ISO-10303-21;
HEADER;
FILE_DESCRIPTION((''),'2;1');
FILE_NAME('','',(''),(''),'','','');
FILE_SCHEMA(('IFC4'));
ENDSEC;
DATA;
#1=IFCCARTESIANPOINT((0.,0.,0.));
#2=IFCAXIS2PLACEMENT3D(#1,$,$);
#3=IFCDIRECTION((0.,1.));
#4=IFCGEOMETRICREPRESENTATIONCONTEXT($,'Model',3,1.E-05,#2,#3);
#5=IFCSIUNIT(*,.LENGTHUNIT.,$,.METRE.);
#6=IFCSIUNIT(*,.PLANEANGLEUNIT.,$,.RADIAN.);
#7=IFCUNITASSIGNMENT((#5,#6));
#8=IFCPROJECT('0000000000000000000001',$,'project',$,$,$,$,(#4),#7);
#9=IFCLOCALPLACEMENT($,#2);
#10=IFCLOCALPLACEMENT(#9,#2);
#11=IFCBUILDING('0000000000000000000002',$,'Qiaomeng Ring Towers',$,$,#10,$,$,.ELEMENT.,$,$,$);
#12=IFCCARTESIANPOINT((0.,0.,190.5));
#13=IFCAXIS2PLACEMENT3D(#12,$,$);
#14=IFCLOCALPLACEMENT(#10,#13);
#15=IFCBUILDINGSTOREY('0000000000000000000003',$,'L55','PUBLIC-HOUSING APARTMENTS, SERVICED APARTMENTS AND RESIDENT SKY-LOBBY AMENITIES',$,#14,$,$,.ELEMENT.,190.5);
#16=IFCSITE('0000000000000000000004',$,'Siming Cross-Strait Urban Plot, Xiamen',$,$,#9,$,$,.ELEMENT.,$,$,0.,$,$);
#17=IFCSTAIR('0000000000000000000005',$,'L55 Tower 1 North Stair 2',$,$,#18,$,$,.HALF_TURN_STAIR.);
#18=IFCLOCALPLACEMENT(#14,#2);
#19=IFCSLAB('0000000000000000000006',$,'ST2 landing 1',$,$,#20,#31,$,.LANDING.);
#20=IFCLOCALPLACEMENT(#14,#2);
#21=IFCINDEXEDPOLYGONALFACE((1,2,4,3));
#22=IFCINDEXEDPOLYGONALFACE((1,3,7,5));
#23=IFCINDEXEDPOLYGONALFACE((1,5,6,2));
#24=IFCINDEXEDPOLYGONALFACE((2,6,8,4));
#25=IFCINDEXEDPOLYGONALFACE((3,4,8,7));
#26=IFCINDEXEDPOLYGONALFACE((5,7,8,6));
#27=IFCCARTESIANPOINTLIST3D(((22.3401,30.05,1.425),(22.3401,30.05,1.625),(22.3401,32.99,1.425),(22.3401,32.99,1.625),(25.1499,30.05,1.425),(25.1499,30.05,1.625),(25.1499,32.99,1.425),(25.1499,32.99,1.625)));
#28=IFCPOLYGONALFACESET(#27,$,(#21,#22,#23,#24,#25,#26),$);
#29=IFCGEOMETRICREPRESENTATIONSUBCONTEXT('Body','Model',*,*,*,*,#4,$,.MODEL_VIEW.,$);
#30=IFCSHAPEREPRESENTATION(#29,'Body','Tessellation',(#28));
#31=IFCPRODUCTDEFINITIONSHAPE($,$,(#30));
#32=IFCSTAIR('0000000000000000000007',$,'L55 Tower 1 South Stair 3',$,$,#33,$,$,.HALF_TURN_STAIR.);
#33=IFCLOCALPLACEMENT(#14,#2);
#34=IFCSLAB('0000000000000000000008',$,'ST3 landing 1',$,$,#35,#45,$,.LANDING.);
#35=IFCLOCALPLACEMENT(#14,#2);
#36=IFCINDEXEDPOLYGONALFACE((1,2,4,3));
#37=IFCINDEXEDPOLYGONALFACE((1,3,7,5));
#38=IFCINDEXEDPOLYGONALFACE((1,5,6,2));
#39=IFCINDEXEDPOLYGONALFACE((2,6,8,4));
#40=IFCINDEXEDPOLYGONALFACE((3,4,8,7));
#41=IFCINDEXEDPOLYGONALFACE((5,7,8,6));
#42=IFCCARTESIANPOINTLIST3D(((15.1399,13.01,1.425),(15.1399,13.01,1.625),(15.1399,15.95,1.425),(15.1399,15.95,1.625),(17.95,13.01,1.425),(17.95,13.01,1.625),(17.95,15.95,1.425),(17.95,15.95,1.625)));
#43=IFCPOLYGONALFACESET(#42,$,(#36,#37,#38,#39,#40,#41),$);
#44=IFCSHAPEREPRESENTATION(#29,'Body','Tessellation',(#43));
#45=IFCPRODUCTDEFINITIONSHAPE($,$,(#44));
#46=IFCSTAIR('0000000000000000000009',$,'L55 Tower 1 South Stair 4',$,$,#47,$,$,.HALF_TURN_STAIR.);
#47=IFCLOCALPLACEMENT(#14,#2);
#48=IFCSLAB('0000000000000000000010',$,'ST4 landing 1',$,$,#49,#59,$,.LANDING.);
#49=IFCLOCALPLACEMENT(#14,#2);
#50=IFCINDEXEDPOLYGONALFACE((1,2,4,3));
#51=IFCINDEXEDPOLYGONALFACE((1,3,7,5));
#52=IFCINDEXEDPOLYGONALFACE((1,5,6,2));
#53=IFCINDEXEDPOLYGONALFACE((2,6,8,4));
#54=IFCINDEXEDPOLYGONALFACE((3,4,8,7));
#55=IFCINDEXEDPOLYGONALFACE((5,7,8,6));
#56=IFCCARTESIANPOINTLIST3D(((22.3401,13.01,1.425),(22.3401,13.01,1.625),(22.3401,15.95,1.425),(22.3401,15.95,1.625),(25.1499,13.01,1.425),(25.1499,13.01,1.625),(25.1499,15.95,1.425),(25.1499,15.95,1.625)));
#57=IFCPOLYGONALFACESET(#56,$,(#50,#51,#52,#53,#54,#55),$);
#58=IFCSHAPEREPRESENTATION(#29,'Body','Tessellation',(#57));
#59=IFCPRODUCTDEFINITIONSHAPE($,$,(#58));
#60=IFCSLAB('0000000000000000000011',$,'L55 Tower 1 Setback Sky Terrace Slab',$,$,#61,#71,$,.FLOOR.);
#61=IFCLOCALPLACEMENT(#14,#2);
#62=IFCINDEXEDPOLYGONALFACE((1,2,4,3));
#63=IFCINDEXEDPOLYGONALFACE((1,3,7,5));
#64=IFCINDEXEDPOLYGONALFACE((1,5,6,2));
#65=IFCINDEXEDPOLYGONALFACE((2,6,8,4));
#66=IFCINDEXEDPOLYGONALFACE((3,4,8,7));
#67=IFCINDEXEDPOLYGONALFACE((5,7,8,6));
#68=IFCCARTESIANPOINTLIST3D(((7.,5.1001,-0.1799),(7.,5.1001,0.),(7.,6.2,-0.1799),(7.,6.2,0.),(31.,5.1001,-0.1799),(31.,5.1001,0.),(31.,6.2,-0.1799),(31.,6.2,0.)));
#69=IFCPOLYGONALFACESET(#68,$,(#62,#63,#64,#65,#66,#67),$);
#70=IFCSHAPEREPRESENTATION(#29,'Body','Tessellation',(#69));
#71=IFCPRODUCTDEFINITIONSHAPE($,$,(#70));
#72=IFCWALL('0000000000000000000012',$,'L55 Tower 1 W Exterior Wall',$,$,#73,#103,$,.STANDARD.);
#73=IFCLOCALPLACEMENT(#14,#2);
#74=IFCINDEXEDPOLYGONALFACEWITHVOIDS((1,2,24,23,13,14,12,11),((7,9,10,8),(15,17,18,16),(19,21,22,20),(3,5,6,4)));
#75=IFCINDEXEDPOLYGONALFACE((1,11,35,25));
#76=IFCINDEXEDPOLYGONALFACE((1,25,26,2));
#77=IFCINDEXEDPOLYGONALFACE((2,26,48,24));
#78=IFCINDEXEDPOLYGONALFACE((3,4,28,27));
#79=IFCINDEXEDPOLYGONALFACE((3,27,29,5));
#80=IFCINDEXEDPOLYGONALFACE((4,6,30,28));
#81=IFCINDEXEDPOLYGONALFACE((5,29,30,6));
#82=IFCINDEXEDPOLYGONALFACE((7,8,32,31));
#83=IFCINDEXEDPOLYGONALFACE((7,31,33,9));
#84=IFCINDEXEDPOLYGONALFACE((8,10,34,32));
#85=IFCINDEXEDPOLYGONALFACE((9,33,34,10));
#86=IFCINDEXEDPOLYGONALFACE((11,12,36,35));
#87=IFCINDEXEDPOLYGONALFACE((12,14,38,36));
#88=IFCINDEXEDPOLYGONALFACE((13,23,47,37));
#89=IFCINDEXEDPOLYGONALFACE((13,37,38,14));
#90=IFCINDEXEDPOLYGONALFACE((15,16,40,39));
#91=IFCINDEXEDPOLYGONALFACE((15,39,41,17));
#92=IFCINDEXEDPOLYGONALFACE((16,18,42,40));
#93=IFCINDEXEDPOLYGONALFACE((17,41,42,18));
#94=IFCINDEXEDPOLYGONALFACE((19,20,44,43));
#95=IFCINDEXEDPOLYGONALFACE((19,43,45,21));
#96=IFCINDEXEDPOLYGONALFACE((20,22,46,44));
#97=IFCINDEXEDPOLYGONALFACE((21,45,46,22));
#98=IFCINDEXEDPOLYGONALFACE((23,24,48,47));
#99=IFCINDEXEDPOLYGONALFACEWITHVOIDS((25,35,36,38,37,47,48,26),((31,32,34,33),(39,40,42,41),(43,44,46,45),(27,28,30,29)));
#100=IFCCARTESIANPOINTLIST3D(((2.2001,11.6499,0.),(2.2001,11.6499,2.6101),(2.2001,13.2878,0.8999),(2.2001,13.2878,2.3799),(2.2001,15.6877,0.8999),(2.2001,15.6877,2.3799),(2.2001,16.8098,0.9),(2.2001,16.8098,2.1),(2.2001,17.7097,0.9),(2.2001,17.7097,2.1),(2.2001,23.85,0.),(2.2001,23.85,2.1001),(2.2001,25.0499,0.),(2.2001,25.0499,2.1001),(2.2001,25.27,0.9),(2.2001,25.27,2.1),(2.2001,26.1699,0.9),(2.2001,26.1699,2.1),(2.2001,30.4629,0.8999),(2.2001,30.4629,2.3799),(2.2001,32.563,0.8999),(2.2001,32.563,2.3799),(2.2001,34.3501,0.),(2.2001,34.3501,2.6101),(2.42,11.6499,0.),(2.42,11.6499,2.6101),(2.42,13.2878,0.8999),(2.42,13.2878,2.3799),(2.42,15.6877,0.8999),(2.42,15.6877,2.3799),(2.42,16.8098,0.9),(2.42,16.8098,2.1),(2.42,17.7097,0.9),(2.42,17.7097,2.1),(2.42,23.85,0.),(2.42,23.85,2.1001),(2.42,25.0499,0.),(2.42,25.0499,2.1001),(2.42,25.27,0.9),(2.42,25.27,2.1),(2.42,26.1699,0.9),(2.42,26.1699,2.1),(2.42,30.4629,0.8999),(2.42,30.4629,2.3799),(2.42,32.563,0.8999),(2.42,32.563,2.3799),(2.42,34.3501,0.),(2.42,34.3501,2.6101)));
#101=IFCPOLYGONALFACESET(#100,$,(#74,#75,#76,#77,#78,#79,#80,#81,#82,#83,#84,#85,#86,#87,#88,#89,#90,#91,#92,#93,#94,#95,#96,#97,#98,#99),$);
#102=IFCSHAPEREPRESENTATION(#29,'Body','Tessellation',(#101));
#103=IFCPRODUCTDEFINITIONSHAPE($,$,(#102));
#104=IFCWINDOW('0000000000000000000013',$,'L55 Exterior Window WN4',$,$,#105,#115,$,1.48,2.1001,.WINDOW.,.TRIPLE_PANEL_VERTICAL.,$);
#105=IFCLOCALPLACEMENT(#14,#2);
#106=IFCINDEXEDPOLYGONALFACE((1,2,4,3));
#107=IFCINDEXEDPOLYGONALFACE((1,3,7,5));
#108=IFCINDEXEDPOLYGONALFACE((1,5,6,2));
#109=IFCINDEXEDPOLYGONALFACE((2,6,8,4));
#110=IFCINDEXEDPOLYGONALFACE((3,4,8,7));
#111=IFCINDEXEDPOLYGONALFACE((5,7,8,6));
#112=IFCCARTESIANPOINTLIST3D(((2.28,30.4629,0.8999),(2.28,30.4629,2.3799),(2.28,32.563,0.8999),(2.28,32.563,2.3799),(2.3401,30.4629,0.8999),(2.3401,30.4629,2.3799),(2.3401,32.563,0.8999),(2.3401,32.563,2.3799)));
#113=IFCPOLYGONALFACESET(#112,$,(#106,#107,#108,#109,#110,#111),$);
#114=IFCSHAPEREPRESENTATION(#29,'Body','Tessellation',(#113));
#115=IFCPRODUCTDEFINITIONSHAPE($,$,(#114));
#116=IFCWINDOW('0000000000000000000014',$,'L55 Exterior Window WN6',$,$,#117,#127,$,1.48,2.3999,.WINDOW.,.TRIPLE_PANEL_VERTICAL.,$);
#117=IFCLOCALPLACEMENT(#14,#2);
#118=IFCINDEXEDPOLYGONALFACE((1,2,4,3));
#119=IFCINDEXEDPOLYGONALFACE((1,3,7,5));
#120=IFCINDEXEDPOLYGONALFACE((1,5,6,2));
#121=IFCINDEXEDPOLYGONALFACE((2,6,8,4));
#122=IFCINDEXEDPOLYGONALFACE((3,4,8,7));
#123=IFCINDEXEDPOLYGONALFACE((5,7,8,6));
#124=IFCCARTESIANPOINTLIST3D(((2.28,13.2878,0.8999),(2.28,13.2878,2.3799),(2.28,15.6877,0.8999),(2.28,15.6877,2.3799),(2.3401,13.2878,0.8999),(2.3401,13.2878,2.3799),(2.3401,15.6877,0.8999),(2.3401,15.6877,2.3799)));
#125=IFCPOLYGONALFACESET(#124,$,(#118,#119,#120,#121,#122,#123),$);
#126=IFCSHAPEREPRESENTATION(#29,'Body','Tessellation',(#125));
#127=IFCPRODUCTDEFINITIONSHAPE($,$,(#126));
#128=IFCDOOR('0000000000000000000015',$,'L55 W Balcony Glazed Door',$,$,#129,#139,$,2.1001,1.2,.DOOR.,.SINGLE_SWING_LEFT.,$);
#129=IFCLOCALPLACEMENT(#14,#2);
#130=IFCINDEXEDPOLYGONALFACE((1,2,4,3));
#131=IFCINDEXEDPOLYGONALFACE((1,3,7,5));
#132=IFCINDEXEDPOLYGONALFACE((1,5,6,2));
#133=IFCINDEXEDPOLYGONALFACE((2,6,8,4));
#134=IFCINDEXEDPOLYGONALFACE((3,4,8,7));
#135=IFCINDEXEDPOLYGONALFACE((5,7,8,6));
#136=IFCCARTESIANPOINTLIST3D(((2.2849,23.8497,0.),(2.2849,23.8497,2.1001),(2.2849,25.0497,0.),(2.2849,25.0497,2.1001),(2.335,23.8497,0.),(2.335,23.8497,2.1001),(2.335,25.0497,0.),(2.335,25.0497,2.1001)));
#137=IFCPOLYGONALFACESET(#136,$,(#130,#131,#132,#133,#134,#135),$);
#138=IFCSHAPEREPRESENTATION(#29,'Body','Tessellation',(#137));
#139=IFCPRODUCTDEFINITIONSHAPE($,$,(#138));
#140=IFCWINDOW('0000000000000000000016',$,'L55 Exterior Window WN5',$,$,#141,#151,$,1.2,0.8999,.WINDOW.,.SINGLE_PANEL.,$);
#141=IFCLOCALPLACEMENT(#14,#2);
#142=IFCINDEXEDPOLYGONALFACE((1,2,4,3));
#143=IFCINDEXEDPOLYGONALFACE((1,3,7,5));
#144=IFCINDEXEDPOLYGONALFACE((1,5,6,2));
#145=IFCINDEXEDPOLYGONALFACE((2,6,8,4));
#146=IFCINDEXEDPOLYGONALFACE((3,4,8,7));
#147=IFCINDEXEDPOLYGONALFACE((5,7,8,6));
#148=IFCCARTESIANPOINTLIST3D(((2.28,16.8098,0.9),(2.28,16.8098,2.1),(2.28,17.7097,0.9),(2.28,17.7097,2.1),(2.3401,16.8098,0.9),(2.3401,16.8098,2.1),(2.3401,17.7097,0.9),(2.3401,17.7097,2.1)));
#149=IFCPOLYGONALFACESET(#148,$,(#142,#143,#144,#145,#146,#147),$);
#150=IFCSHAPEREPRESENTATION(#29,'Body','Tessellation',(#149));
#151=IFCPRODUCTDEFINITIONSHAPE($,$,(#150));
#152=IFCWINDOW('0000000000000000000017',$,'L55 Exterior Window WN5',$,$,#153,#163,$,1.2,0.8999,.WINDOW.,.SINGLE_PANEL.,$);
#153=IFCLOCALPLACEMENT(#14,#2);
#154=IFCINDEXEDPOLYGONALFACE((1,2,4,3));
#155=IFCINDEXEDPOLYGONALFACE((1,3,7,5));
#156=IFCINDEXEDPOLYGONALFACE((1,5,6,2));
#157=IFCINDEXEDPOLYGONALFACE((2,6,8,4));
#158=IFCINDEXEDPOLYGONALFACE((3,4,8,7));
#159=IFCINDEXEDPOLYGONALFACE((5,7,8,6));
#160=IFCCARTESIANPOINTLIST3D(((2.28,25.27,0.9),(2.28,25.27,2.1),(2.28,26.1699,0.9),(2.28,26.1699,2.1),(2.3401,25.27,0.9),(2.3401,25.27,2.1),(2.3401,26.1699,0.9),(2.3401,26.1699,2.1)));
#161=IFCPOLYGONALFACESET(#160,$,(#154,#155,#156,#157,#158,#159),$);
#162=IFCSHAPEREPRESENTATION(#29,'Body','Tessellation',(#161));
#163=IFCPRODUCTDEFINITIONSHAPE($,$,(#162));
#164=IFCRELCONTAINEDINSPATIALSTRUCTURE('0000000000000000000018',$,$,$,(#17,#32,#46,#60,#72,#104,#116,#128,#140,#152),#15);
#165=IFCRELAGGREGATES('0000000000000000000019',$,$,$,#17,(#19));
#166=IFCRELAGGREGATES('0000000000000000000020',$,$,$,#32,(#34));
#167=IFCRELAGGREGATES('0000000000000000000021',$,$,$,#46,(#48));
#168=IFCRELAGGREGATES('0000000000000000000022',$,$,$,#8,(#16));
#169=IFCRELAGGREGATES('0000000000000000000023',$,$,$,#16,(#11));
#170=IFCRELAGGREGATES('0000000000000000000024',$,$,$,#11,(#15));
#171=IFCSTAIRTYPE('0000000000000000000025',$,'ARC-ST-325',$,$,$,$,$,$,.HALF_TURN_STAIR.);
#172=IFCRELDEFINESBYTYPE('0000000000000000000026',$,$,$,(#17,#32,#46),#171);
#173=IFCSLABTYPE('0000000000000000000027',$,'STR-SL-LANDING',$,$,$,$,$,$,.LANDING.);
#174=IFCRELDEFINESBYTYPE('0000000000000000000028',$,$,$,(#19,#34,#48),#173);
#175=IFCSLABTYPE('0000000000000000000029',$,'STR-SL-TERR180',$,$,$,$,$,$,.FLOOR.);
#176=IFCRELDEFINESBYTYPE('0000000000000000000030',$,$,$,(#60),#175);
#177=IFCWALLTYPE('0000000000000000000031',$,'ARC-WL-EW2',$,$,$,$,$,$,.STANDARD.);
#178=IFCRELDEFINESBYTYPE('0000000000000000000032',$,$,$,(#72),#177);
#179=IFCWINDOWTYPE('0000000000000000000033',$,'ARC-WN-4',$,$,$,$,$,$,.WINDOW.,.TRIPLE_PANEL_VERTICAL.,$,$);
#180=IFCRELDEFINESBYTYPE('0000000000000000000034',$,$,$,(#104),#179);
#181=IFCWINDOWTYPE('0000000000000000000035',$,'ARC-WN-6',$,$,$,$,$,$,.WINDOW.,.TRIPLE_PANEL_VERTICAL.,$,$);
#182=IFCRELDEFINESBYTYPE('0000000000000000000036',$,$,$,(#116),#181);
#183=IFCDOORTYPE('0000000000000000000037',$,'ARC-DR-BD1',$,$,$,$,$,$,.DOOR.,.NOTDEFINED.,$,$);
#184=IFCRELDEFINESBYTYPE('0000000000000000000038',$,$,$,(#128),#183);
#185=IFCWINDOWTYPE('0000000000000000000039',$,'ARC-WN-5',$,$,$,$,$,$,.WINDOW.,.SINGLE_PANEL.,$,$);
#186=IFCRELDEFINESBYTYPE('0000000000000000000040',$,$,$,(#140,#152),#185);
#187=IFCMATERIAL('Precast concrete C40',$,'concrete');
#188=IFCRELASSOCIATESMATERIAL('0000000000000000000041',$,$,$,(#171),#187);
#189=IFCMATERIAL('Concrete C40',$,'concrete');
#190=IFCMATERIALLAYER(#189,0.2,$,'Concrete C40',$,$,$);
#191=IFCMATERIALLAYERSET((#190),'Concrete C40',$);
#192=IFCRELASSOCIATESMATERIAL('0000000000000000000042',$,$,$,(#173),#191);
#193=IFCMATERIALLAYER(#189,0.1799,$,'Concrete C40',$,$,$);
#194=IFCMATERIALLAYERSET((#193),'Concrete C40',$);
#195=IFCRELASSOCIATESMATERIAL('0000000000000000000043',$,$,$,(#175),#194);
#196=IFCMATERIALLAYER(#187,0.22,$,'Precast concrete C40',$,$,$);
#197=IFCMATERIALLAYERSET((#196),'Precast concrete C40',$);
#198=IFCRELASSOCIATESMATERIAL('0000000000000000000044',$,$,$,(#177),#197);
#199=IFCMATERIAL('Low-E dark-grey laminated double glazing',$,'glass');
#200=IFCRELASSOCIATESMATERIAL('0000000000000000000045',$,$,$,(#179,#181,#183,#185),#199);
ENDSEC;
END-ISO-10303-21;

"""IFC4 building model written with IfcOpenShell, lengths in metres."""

from ifc_helpers import new_model, si_unit, direction, frame, frame_2d, origin, place, context, subcontext, project, spatial, polyline, rectangle, outline, extrude, source, transform, mapped, material, layer, layer_set, type_object, element, fill, aggregate, save


model = new_model("IFC4")

# Units and contexts
model_context = context("Model", 3, precision=1e-05, world=origin(), true_north=direction((0.0, 1.0)))
body_context = subcontext(model_context, "Body", "Model", "MODEL_VIEW")
ifc_project = project(units=[si_unit("LENGTHUNIT", "METRE"), si_unit("PLANEANGLEUNIT", "RADIAN")], contexts=[model_context])

# Site, building, storey
site_placement = place(None, origin())
site = spatial("IfcSite", under=ifc_project, at=site_placement, Name="Siming Cross-Strait Urban Plot, Xiamen", CompositionType="ELEMENT", RefElevation=0.0)
building_placement = place(site_placement, origin())
building = spatial("IfcBuilding", under=site, at=building_placement, Name="Qiaomeng Ring Towers", CompositionType="ELEMENT")
storey_placement = place(building_placement, frame((0.0, 0.0, 190.5)))
storey = spatial("IfcBuildingStorey", under=building, at=storey_placement, Name="L55", Description="PUBLIC-HOUSING APARTMENTS, SERVICED APARTMENTS AND RESIDENT SKY-LOBBY AMENITIES", CompositionType="ELEMENT", Elevation=190.5)

# Shared definitions
ifc_material_1 = material(Name="Concrete C40", Category="concrete")

# Stairs, slabs
ifc_material_2 = material(Name="Precast concrete C40", Category="concrete")
stair_type = type_object("IfcStairType", Name="ARC-ST-325", PredefinedType="HALF_TURN_STAIR", material=ifc_material_2)
ifc_layer_1 = layer(ifc_material_1, 0.2, Name="Concrete C40")
ifc_layer_set_1 = layer_set([ifc_layer_1], Name="Concrete C40")
slab_type_1 = type_object("IfcSlabType", Name="STR-SL-LANDING", PredefinedType="LANDING", material=ifc_layer_set_1)
stair_1_placement = place(storey_placement, origin())
stair_1 = element("IfcStair", 1, at=stair_1_placement, inside=storey, type_object=stair_type, Name="L55 Tower 1 North Stair 2", PredefinedType="HALF_TURN_STAIR")
slab_1_placement = place(storey_placement, frame((0.0, 0.0, 1.425)))
slab_1 = element("IfcSlab", 2, at=slab_1_placement, type_object=slab_type_1, Name="ST2 landing 1", PredefinedType="LANDING", context=body_context, shape_type="SweptSolid", body=[
    extrude(outline(polyline([(22.3401, 30.05), (25.1499, 30.05), (25.1499, 32.99), (22.3401, 32.99), (22.3401, 30.05)])), origin(), (0.0, 0.0, 1.0), 0.2),
])
aggregate(stair_1, [slab_1])
stair_2_placement = place(storey_placement, origin())
stair_2 = element("IfcStair", 3, at=stair_2_placement, inside=storey, type_object=stair_type, Name="L55 Tower 1 South Stair 3", PredefinedType="HALF_TURN_STAIR")
slab_2_placement = place(storey_placement, frame((0.0, 0.0, 1.425)))
slab_2 = element("IfcSlab", 4, at=slab_2_placement, type_object=slab_type_1, Name="ST3 landing 1", PredefinedType="LANDING", context=body_context, shape_type="SweptSolid", body=[
    extrude(outline(polyline([(15.1399, 13.01), (17.95, 13.01), (17.95, 15.95), (15.1399, 15.95), (15.1399, 13.01)])), origin(), (0.0, 0.0, 1.0), 0.2),
])
aggregate(stair_2, [slab_2])
stair_3_placement = place(storey_placement, origin())
stair_3 = element("IfcStair", 5, at=stair_3_placement, inside=storey, type_object=stair_type, Name="L55 Tower 1 South Stair 4", PredefinedType="HALF_TURN_STAIR")
slab_3_placement = place(storey_placement, frame((0.0, 0.0, 1.425)))
slab_3 = element("IfcSlab", 6, at=slab_3_placement, type_object=slab_type_1, Name="ST4 landing 1", PredefinedType="LANDING", context=body_context, shape_type="SweptSolid", body=[
    extrude(outline(polyline([(22.3401, 13.01), (25.1499, 13.01), (25.1499, 15.95), (22.3401, 15.95), (22.3401, 13.01)])), origin(), (0.0, 0.0, 1.0), 0.2),
])
aggregate(stair_3, [slab_3])

# Slab
ifc_layer_2 = layer(ifc_material_1, 0.1799, Name="Concrete C40")
ifc_layer_set_2 = layer_set([ifc_layer_2], Name="Concrete C40")
slab_type_2 = type_object("IfcSlabType", Name="STR-SL-TERR180", PredefinedType="FLOOR", material=ifc_layer_set_2)
slab_4_placement = place(storey_placement, frame((0.0, 0.0, -0.1799)))
element("IfcSlab", 7, at=slab_4_placement, inside=storey, type_object=slab_type_2, Name="L55 Tower 1 Setback Sky Terrace Slab", PredefinedType="FLOOR", context=body_context, shape_type="SweptSolid", body=[
    extrude(outline(polyline([(7.0, 5.1001), (7.0, 6.2), (31.0, 6.2), (31.0, 5.1001), (7.0, 5.1001)])), origin(), (0.0, 0.0, 1.0), 0.1799),
])

# Wall, openings, windows, door
ifc_layer_3 = layer(ifc_material_2, 0.22, Name="Precast concrete C40")
ifc_layer_set_3 = layer_set([ifc_layer_3], Name="Precast concrete C40")
wall_type_1 = type_object("IfcWallType", Name="ARC-WL-EW2", PredefinedType="STANDARD", material=ifc_layer_set_3)
wall_1_placement = place(storey_placement, frame((2.3101, 11.6499, 0.0), z_axis=(0.0, 0.0, 1.0), x_axis=(0.0, 1.0, 0.0)))
wall_1 = element("IfcWall", 8, at=wall_1_placement, inside=storey, type_object=wall_type_1, Name="L55 Tower 1 W Exterior Wall", PredefinedType="STANDARD", context=body_context, shape_type="SweptSolid", body=[
    extrude(rectangle(XDim=22.7002, YDim=0.22, at=frame_2d((11.3501, 0.0))), origin(), (0.0, 0.0, 1.0), 2.6101),
])
opening_1_placement = place(wall_1_placement, frame((12.2, 0.0, 0.0)))
opening_1 = element("IfcOpeningElement", 9, at=opening_1_placement, cuts=wall_1, PredefinedType="OPENING", context=body_context, shape_type="SweptSolid", body=[
    extrude(rectangle(XDim=1.2, YDim=2.1001, at=frame_2d((0.6001, 1.05))), frame((0.0, 0.1199, 0.0), z_axis=(0.0, -1.0, 0.0), x_axis=(1.0, 0.0, 0.0)), (0.0, 0.0, 1.0), 0.24),
])
opening_2_placement = place(wall_1_placement, frame((1.6379, 0.0, 0.8999)))
opening_2 = element("IfcOpeningElement", 10, at=opening_2_placement, cuts=wall_1, PredefinedType="OPENING", context=body_context, shape_type="SweptSolid", body=[
    extrude(rectangle(XDim=2.3999, YDim=1.48, at=frame_2d((1.2, 0.74))), frame((0.0, 0.1199, 0.0), z_axis=(0.0, -1.0, 0.0), x_axis=(1.0, 0.0, 0.0)), (0.0, 0.0, 1.0), 0.24),
])
opening_3_placement = place(wall_1_placement, frame((18.813, 0.0, 0.8999)))
opening_3 = element("IfcOpeningElement", 11, at=opening_3_placement, cuts=wall_1, PredefinedType="OPENING", context=body_context, shape_type="SweptSolid", body=[
    extrude(rectangle(XDim=2.1001, YDim=1.48, at=frame_2d((1.05, 0.74))), frame((0.0, 0.1199, 0.0), z_axis=(0.0, -1.0, 0.0), x_axis=(1.0, 0.0, 0.0)), (0.0, 0.0, 1.0), 0.24),
])
opening_4_placement = place(wall_1_placement, frame((5.1599, 0.0, 0.8999)))
opening_4 = element("IfcOpeningElement", 12, at=opening_4_placement, cuts=wall_1, PredefinedType="OPENING", context=body_context, shape_type="SweptSolid", body=[
    extrude(rectangle(XDim=0.8999, YDim=1.2, at=frame_2d((0.45, 0.6001))), frame((0.0, 0.1199, 0.0), z_axis=(0.0, -1.0, 0.0), x_axis=(1.0, 0.0, 0.0)), (0.0, 0.0, 1.0), 0.24),
])
opening_5_placement = place(wall_1_placement, frame((13.6201, 0.0, 0.8999)))
opening_5 = element("IfcOpeningElement", 13, at=opening_5_placement, cuts=wall_1, PredefinedType="OPENING", context=body_context, shape_type="SweptSolid", body=[
    extrude(rectangle(XDim=0.8999, YDim=1.2, at=frame_2d((0.45, 0.6001))), frame((0.0, 0.1199, 0.0), z_axis=(0.0, -1.0, 0.0), x_axis=(1.0, 0.0, 0.0)), (0.0, 0.0, 1.0), 0.24),
])
ifc_material_3 = material(Name="Low-E dark-grey laminated double glazing", Category="glass")
window_type_1 = type_object("IfcWindowType", Name="ARC-WN-4", PartitioningType="TRIPLE_PANEL_VERTICAL", PredefinedType="WINDOW", material=ifc_material_3)
shared_shape_1 = source(origin(), body_context, "Body", "SweptSolid", [
    extrude(rectangle(XDim=2.1001, YDim=1.48, at=frame_2d((1.05, 0.74))), frame((0.0, 0.03, 0.0), z_axis=(0.0, -1.0, 0.0), x_axis=(1.0, 0.0, 0.0)), (0.0, 0.0, 1.0), 0.0601),
])
window_1_placement = place(opening_3_placement, origin())
window_1 = element("IfcWindow", 14, at=window_1_placement, inside=storey, type_object=window_type_1, Name="L55 Exterior Window WN4", OverallHeight=1.48, OverallWidth=2.1001, PartitioningType="TRIPLE_PANEL_VERTICAL", PredefinedType="WINDOW", context=body_context, shape_type="MappedRepresentation", body=[
    mapped(shared_shape_1, transform((0.0, 0.0, 0.0), x_axis=(1.0, 0.0, 0.0), y_axis=(0.0, 1.0, 0.0), z_axis=(0.0, 0.0, 1.0), scale=1.0)),
])
fill(opening_3, window_1)
window_type_2 = type_object("IfcWindowType", Name="ARC-WN-6", PartitioningType="TRIPLE_PANEL_VERTICAL", PredefinedType="WINDOW", material=ifc_material_3)
shared_shape_2 = source(origin(), body_context, "Body", "SweptSolid", [
    extrude(rectangle(XDim=2.3999, YDim=1.48, at=frame_2d((1.2, 0.74))), frame((0.0, 0.03, 0.0), z_axis=(0.0, -1.0, 0.0), x_axis=(1.0, 0.0, 0.0)), (0.0, 0.0, 1.0), 0.0601),
])
window_2_placement = place(opening_2_placement, origin())
window_2 = element("IfcWindow", 15, at=window_2_placement, inside=storey, type_object=window_type_2, Name="L55 Exterior Window WN6", OverallHeight=1.48, OverallWidth=2.3999, PartitioningType="TRIPLE_PANEL_VERTICAL", PredefinedType="WINDOW", context=body_context, shape_type="MappedRepresentation", body=[
    mapped(shared_shape_2, transform((0.0, 0.0, 0.0), x_axis=(1.0, 0.0, 0.0), y_axis=(0.0, 1.0, 0.0), z_axis=(0.0, 0.0, 1.0), scale=1.0)),
])
fill(opening_2, window_2)
door_type = type_object("IfcDoorType", Name="ARC-DR-BD1", OperationType="NOTDEFINED", PredefinedType="DOOR", material=ifc_material_3)
shared_shape_3 = source(origin(), body_context, "Body", "SweptSolid", [
    extrude(rectangle(XDim=1.2, YDim=2.1001, at=frame_2d((0.6001, 1.05))), frame((0.0, 0.0249, 0.0), z_axis=(0.0, -1.0, 0.0), x_axis=(1.0, 0.0, 0.0)), (0.0, 0.0, 1.0), 0.05),
])
door_placement = place(opening_1_placement, frame((1.2, 0.0, 0.0), z_axis=(0.0, 0.0, 1.0), x_axis=(-1.0, 0.0, 0.0)))
door = element("IfcDoor", 16, at=door_placement, inside=storey, type_object=door_type, Name="L55 W Balcony Glazed Door", OperationType="SINGLE_SWING_LEFT", OverallHeight=2.1001, OverallWidth=1.2, PredefinedType="DOOR", context=body_context, shape_type="MappedRepresentation", body=[
    mapped(shared_shape_3, transform((0.0, 0.0, 0.0), x_axis=(1.0, 0.0, 0.0), y_axis=(0.0, 1.0, 0.0), z_axis=(0.0, 0.0, 1.0), scale=1.0)),
])
fill(opening_1, door)
window_type_3 = type_object("IfcWindowType", Name="ARC-WN-5", PartitioningType="SINGLE_PANEL", PredefinedType="WINDOW", material=ifc_material_3)
shared_shape_4 = source(origin(), body_context, "Body", "SweptSolid", [
    extrude(rectangle(XDim=0.8999, YDim=1.2, at=frame_2d((0.45, 0.6001))), frame((0.0, 0.03, 0.0), z_axis=(0.0, -1.0, 0.0), x_axis=(1.0, 0.0, 0.0)), (0.0, 0.0, 1.0), 0.0601),
])
window_3_placement = place(opening_4_placement, origin())
window_3 = element("IfcWindow", 17, at=window_3_placement, inside=storey, type_object=window_type_3, Name="L55 Exterior Window WN5", OverallHeight=1.2, OverallWidth=0.8999, PartitioningType="SINGLE_PANEL", PredefinedType="WINDOW", context=body_context, shape_type="MappedRepresentation", body=[
    mapped(shared_shape_4, transform((0.0, 0.0, 0.0), x_axis=(1.0, 0.0, 0.0), y_axis=(0.0, 1.0, 0.0), z_axis=(0.0, 0.0, 1.0), scale=1.0)),
])
fill(opening_4, window_3)
window_4_placement = place(opening_5_placement, origin())
window_4 = element("IfcWindow", 18, at=window_4_placement, inside=storey, type_object=window_type_3, Name="L55 Exterior Window WN5", OverallHeight=1.2, OverallWidth=0.8999, PartitioningType="SINGLE_PANEL", PredefinedType="WINDOW", context=body_context, shape_type="MappedRepresentation", body=[
    mapped(shared_shape_4, transform((0.0, 0.0, 0.0), x_axis=(1.0, 0.0, 0.0), y_axis=(0.0, 1.0, 0.0), z_axis=(0.0, 0.0, 1.0), scale=1.0)),
])
fill(opening_5, window_4)

save(model, "model.ifc")
